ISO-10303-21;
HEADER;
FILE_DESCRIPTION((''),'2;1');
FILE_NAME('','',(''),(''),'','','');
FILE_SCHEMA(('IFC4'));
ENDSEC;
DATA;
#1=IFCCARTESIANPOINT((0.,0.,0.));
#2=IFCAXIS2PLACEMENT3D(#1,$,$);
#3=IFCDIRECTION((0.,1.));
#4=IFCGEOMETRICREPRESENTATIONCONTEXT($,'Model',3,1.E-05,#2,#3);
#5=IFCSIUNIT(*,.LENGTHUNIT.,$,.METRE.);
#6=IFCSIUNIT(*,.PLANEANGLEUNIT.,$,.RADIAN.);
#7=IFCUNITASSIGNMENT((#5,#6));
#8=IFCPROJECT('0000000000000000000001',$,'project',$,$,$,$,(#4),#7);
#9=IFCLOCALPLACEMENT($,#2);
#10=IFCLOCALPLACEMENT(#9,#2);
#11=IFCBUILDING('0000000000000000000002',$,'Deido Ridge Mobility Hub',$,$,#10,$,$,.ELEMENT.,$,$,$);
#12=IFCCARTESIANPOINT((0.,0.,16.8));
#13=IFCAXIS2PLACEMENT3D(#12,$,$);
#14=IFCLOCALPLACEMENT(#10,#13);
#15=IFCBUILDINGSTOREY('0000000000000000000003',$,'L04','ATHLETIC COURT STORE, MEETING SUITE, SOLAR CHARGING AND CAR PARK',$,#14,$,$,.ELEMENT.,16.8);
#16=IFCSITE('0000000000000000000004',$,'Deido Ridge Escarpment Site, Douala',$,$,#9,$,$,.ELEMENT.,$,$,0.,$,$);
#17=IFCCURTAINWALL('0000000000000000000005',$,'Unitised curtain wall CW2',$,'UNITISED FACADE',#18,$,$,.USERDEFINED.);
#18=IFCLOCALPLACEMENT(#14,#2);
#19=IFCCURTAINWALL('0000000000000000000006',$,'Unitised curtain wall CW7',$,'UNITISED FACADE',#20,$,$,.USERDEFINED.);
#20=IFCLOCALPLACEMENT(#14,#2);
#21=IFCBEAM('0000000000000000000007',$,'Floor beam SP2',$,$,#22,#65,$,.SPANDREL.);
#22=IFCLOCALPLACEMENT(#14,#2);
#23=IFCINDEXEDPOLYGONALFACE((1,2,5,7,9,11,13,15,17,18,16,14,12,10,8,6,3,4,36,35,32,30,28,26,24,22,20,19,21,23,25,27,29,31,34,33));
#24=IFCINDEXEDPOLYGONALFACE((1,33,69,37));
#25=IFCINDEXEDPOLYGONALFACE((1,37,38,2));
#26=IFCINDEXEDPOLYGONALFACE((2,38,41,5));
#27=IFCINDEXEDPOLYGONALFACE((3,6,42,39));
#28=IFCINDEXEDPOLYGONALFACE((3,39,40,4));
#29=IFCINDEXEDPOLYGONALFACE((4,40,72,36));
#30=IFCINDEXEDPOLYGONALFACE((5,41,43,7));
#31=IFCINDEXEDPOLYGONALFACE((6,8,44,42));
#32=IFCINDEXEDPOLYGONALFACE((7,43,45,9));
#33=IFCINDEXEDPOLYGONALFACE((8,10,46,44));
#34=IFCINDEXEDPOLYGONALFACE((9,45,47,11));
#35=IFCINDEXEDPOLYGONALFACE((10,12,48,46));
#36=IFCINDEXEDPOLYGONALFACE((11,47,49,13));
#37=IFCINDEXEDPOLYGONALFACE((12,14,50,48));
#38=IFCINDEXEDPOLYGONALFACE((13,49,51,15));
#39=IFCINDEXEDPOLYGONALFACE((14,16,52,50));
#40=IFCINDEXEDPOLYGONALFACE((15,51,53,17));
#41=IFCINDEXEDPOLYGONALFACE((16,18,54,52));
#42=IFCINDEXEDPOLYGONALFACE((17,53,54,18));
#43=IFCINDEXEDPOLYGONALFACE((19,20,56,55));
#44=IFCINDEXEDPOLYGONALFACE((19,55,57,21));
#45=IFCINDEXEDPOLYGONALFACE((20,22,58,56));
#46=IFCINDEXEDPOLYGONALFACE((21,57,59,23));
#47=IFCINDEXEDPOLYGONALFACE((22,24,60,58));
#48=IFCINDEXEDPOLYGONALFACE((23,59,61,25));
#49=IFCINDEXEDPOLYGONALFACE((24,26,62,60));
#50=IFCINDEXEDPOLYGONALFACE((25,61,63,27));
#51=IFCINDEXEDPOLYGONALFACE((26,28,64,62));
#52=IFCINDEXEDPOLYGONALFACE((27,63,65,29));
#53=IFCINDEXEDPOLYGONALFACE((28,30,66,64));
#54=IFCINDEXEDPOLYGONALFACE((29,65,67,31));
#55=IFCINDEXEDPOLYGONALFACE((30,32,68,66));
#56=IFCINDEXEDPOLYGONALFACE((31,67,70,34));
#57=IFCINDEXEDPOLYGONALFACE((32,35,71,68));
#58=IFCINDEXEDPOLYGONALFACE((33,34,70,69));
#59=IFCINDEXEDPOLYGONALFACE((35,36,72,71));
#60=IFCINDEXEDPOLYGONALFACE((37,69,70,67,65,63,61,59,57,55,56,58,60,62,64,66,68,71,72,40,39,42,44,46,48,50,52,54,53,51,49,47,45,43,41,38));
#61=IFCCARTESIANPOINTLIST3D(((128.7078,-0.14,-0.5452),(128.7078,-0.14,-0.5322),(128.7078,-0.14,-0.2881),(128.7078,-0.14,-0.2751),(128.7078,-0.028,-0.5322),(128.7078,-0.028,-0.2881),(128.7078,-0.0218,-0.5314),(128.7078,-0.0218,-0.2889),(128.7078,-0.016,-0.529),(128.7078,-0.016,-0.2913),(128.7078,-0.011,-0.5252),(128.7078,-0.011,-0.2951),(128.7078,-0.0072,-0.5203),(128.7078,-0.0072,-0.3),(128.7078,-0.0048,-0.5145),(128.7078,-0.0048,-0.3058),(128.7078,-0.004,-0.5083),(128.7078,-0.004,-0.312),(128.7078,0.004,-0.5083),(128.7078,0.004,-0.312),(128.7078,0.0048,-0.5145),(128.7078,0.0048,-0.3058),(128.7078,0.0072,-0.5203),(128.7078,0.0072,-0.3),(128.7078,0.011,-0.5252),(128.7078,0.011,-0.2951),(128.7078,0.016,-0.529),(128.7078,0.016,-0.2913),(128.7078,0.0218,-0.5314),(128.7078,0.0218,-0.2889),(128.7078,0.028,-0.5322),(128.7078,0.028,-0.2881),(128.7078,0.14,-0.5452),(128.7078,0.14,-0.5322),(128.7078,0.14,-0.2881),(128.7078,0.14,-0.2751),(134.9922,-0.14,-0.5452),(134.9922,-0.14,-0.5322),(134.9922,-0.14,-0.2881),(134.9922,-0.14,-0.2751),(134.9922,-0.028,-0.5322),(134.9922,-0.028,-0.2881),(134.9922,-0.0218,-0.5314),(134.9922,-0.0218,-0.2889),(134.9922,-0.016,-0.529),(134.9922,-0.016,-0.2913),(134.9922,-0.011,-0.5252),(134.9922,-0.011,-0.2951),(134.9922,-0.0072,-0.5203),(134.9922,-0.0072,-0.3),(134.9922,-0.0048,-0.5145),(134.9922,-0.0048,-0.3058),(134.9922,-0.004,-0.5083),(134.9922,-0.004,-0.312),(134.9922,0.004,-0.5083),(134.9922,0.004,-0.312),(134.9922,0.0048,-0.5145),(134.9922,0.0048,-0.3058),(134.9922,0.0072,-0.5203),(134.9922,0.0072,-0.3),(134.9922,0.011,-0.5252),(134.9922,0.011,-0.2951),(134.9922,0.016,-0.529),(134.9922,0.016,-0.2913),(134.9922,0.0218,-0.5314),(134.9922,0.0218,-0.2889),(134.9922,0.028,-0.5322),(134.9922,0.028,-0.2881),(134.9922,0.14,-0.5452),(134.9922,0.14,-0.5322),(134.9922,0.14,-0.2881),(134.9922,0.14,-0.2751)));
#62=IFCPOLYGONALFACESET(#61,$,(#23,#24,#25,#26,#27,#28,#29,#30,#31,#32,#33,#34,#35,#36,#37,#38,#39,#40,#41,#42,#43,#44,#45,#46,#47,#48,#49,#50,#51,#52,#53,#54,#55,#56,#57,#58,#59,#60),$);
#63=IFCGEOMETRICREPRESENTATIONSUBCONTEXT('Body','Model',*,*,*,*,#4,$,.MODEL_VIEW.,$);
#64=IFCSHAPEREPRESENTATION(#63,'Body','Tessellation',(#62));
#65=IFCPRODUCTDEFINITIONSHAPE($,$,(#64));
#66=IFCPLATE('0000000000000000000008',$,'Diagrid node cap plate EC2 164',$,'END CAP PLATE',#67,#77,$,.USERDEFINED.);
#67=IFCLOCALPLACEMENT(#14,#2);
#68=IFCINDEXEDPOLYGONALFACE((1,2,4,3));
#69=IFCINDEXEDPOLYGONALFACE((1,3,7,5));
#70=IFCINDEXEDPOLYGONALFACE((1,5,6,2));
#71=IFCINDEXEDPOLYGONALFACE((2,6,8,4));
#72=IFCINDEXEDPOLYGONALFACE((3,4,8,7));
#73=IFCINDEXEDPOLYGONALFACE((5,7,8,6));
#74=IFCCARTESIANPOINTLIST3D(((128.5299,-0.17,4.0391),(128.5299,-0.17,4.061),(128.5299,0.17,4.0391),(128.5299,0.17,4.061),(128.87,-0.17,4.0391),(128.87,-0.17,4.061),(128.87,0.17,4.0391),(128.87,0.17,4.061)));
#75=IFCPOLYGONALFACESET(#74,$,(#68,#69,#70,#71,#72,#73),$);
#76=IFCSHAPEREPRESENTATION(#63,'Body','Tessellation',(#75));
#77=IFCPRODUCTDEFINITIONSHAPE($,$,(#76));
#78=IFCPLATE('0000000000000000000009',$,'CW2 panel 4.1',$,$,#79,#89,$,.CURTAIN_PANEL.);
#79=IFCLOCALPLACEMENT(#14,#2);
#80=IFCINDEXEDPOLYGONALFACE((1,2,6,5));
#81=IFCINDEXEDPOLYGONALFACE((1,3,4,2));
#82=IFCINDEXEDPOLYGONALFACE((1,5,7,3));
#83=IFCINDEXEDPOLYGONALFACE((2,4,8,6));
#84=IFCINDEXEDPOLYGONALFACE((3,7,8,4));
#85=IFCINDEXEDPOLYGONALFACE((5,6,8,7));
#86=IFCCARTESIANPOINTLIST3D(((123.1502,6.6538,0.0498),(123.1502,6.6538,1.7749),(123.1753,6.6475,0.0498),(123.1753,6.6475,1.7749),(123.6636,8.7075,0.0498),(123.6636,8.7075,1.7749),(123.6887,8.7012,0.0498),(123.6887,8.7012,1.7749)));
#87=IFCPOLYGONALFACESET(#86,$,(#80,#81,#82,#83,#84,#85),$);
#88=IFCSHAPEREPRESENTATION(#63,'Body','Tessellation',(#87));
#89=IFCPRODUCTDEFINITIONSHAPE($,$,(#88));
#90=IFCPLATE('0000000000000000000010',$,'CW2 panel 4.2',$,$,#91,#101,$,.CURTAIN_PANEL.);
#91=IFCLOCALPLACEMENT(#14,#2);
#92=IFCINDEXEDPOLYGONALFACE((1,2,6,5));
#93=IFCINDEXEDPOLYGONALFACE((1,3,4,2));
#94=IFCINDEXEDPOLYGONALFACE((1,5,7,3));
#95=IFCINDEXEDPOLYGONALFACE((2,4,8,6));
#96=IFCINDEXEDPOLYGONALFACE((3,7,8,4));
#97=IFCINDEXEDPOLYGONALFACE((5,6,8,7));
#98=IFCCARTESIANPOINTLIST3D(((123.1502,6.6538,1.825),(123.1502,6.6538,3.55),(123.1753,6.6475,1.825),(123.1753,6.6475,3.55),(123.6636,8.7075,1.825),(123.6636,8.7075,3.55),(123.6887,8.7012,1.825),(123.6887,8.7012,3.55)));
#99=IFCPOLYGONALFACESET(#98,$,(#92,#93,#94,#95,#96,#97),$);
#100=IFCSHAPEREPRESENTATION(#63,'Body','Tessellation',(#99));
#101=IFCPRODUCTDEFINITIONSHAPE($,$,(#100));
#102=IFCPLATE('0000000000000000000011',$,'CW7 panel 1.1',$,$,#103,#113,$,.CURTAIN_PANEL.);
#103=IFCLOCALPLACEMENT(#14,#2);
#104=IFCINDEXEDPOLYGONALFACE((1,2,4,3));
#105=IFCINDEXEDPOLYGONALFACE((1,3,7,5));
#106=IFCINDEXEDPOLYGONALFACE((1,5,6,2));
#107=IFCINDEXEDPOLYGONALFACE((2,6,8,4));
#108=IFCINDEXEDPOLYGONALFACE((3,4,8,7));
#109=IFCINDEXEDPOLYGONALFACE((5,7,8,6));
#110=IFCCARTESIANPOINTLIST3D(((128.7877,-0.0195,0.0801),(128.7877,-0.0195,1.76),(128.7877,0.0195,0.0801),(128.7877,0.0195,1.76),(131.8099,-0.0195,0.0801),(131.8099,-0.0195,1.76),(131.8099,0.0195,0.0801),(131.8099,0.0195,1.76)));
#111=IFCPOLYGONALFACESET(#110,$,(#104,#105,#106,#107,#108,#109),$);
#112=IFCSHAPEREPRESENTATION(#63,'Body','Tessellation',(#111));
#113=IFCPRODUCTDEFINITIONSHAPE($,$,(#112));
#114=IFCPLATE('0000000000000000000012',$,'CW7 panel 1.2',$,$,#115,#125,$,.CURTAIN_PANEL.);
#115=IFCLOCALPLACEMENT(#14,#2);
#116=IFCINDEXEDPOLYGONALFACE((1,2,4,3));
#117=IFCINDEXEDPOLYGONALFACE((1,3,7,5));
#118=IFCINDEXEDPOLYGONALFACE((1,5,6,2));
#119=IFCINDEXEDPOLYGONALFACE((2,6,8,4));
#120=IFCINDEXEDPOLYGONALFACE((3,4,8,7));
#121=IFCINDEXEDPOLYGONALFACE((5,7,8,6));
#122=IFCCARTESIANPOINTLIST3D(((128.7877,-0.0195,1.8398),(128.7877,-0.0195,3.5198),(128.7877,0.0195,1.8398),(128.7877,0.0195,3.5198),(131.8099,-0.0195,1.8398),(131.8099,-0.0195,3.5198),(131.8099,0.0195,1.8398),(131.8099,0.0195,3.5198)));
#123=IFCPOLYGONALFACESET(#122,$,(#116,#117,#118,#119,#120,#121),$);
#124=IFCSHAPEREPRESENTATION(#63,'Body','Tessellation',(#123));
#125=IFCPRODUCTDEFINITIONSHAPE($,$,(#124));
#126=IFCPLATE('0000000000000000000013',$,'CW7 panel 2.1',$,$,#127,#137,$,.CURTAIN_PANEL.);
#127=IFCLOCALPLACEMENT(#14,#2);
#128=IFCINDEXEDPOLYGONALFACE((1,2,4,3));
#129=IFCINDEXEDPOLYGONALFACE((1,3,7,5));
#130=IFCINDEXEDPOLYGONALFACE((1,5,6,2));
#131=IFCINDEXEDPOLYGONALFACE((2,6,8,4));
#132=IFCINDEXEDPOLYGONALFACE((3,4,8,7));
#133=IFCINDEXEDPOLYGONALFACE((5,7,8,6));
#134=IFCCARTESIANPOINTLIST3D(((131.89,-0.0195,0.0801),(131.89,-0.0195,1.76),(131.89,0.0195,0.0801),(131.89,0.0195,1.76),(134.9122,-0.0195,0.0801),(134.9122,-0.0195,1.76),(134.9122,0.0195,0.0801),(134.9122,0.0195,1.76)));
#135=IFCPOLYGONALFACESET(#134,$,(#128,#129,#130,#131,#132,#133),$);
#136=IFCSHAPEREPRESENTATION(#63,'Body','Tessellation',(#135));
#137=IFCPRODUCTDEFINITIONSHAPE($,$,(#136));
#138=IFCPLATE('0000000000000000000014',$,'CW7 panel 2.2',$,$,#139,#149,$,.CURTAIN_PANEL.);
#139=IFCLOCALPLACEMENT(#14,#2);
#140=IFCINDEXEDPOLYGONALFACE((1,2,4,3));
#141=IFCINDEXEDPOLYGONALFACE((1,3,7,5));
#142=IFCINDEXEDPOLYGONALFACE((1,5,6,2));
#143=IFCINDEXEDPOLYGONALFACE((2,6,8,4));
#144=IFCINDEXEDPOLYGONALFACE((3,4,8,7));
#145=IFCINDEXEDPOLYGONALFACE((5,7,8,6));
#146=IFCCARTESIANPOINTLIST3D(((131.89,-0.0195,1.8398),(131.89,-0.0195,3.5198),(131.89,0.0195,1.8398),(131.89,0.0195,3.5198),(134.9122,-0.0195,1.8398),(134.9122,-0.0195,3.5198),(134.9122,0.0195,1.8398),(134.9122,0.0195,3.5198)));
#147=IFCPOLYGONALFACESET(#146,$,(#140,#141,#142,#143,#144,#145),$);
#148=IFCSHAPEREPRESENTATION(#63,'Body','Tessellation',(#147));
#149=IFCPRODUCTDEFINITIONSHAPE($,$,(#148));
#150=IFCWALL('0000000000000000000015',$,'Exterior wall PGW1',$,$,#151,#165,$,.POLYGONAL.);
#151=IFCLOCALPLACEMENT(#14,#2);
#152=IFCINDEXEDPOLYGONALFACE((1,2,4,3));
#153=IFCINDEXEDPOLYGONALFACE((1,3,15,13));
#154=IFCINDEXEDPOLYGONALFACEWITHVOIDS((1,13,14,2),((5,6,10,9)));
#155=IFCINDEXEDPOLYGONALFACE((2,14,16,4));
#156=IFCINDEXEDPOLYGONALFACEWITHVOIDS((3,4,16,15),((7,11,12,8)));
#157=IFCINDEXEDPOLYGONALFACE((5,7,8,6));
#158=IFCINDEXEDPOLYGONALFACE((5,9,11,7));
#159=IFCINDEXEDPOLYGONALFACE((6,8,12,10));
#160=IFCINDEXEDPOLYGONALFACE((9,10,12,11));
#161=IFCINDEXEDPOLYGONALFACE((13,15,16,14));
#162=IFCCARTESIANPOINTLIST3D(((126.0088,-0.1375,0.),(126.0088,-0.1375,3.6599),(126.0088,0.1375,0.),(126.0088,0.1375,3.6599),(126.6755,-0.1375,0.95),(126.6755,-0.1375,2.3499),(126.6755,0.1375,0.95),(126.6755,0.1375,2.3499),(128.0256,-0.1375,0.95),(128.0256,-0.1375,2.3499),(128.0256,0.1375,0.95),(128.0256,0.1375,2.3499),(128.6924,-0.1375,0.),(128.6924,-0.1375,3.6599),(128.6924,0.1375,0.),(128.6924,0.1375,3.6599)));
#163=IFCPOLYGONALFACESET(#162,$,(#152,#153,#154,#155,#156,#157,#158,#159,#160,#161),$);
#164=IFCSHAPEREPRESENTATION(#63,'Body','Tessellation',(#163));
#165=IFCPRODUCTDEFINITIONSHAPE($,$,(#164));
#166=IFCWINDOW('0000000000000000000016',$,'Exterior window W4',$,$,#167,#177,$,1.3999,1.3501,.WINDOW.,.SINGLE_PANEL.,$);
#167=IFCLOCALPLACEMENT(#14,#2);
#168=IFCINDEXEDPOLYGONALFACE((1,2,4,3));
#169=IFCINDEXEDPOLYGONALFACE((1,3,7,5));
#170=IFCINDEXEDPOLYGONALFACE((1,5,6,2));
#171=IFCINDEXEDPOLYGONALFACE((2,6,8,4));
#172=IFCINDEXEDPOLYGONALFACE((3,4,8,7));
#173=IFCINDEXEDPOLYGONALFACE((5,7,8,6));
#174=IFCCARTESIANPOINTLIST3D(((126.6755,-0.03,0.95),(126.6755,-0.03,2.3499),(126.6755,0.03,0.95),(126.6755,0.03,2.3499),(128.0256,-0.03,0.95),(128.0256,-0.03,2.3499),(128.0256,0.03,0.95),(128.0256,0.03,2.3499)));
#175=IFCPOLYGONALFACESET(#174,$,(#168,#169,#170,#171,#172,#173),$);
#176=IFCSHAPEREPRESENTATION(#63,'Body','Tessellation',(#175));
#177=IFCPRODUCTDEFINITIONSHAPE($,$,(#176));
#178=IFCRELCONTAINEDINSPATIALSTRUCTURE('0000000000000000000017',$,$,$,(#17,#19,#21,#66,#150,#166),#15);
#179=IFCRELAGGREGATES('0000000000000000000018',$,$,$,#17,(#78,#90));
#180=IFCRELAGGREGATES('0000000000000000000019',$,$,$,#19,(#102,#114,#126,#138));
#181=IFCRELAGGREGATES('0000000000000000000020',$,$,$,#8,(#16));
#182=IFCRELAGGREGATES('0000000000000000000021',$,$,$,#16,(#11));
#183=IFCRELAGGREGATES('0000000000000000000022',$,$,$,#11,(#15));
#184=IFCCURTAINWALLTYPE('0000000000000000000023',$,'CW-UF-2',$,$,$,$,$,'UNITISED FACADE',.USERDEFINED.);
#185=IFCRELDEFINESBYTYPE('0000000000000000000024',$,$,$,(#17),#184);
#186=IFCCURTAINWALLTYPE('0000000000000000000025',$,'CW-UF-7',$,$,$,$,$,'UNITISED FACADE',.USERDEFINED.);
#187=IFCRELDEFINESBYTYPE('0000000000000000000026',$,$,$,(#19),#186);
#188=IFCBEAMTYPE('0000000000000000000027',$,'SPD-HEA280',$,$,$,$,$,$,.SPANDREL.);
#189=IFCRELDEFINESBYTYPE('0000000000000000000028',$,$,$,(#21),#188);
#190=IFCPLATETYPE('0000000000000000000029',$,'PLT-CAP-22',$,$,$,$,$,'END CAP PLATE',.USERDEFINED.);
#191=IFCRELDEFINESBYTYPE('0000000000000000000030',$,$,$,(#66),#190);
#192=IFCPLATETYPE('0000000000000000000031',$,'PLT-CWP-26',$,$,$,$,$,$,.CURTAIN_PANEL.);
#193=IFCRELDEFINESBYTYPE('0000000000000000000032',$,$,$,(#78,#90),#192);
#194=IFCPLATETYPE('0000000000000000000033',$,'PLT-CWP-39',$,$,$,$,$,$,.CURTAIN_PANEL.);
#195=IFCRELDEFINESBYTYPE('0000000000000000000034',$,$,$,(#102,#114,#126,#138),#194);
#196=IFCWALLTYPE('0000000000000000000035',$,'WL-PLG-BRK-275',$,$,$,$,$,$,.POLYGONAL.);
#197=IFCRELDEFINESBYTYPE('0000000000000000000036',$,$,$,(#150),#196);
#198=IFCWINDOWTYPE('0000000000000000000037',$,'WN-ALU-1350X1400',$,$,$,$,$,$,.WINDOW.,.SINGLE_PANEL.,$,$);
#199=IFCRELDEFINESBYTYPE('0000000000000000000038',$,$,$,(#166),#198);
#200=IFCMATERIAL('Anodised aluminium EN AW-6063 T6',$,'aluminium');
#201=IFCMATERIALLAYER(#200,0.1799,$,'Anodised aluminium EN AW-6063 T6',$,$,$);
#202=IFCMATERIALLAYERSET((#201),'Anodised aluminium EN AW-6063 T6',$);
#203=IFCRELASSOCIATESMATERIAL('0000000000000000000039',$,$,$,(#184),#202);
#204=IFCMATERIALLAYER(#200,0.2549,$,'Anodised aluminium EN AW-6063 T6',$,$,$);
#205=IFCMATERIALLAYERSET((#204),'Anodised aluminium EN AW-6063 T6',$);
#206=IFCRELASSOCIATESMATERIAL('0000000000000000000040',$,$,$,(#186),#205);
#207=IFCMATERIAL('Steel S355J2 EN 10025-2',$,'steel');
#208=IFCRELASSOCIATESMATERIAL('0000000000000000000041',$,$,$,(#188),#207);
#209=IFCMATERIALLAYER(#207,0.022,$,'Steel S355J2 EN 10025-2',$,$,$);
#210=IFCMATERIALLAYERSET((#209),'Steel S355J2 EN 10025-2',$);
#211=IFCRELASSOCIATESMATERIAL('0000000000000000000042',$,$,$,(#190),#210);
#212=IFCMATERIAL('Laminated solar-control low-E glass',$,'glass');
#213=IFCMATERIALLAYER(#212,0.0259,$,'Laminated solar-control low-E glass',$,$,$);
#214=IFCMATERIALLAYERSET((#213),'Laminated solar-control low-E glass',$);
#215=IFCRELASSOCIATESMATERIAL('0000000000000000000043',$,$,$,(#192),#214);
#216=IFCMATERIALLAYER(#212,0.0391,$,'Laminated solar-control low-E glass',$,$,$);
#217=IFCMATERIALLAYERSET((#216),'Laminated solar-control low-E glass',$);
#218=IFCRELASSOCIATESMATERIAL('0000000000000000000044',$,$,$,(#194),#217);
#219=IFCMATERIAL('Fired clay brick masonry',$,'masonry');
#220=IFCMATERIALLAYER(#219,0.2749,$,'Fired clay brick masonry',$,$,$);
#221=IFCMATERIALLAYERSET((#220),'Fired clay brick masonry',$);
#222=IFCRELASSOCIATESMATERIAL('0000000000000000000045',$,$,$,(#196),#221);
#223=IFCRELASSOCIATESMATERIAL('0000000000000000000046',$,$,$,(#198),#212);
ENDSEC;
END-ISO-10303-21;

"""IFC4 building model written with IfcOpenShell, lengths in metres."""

from ifc_helpers import new_model, si_unit, direction, frame, frame_2d, origin, origin_2d, place, context, subcontext, project, spatial, rectangle, i_section, extrude, material, layer, layer_set, material_profile, profile_set, type_object, element, fill, aggregate, save


model = new_model("IFC4")

# Units and contexts
model_context = context("Model", 3, precision=1e-05, world=origin(), true_north=direction((0.0, 1.0)))
body_context = subcontext(model_context, "Body", "Model", "MODEL_VIEW")
ifc_project = project(units=[si_unit("LENGTHUNIT", "METRE"), si_unit("PLANEANGLEUNIT", "RADIAN")], contexts=[model_context])

# Site, building, storey
site_placement = place(None, origin())
site = spatial("IfcSite", under=ifc_project, at=site_placement, Name="Deido Ridge Escarpment Site, Douala", CompositionType="ELEMENT", RefElevation=0.0)
building_placement = place(site_placement, origin())
building = spatial("IfcBuilding", under=site, at=building_placement, Name="Deido Ridge Mobility Hub", CompositionType="ELEMENT")
storey_placement = place(building_placement, frame((0.0, 0.0, 16.8)))
storey = spatial("IfcBuildingStorey", under=building, at=storey_placement, Name="L04", Description="ATHLETIC COURT STORE, MEETING SUITE, SOLAR CHARGING AND CAR PARK", CompositionType="ELEMENT", Elevation=16.8)

# Shared definitions
ifc_material_1 = material(Name="Steel S355J2 EN 10025-2", Category="steel")

# Curtain wall
ifc_material_2 = material(Name="Anodised aluminium EN AW-6063 T6", Category="aluminium")
ifc_layer_1 = layer(ifc_material_2, 0.1799, Name="Anodised aluminium EN AW-6063 T6")
ifc_layer_set_1 = layer_set([ifc_layer_1], Name="Anodised aluminium EN AW-6063 T6")
curtain_wall_type_1 = type_object("IfcCurtainWallType", Name="CW-UF-2", ElementType="UNITISED FACADE", PredefinedType="USERDEFINED", material=ifc_layer_set_1)
curtain_wall_1_placement = place(storey_placement, origin())
curtain_wall_1 = element("IfcCurtainWall", 1, at=curtain_wall_1_placement, inside=storey, type_object=curtain_wall_type_1, Name="Unitised curtain wall CW2", ObjectType="UNITISED FACADE", PredefinedType="USERDEFINED")

# Curtain wall
ifc_layer_2 = layer(ifc_material_2, 0.2549, Name="Anodised aluminium EN AW-6063 T6")
ifc_layer_set_2 = layer_set([ifc_layer_2], Name="Anodised aluminium EN AW-6063 T6")
curtain_wall_type_2 = type_object("IfcCurtainWallType", Name="CW-UF-7", ElementType="UNITISED FACADE", PredefinedType="USERDEFINED", material=ifc_layer_set_2)
curtain_wall_2_placement = place(storey_placement, origin())
curtain_wall_2 = element("IfcCurtainWall", 2, at=curtain_wall_2_placement, inside=storey, type_object=curtain_wall_type_2, Name="Unitised curtain wall CW7", ObjectType="UNITISED FACADE", PredefinedType="USERDEFINED")

# Beam
ifc_material_profile_1 = material_profile(ifc_material_1, i_section(OverallWidth=0.28, OverallDepth=0.27, WebThickness=0.0081, FlangeThickness=0.0129, FilletRadius=0.0239, at=origin_2d()), Name="HEA 280")
ifc_profile_set_1 = profile_set([ifc_material_profile_1], Name="Steel S355J2 EN 10025-2")
beam_type_1 = type_object("IfcBeamType", Name="SPD-HEA280", PredefinedType="SPANDREL", material=ifc_profile_set_1)
beam_1_placement = place(storey_placement, frame((128.7078, 0.0, -0.4102), z_axis=(1.0, 0.0, 0.0), x_axis=(0.0, 1.0, 0.0)))
element("IfcBeam", 3, at=beam_1_placement, inside=storey, type_object=beam_type_1, Name="Floor beam SP2", PredefinedType="SPANDREL", context=body_context, shape_type="SweptSolid", body=[
    extrude(i_section(OverallWidth=0.28, OverallDepth=0.27, WebThickness=0.0081, FlangeThickness=0.0129, FilletRadius=0.0239, at=origin_2d()), origin(), (0.0, 0.0, 1.0), 6.2844),
])

# Plates
ifc_layer_3 = layer(ifc_material_1, 0.022, Name="Steel S355J2 EN 10025-2")
ifc_layer_set_3 = layer_set([ifc_layer_3], Name="Steel S355J2 EN 10025-2")
plate_type_1 = type_object("IfcPlateType", Name="PLT-CAP-22", ElementType="END CAP PLATE", PredefinedType="USERDEFINED", material=ifc_layer_set_3)
plate_1_placement = place(storey_placement, frame((128.7, 0.0, 4.0391), z_axis=(0.0, 0.0, 1.0), x_axis=(1.0, 0.0, 0.0)))
element("IfcPlate", 4, at=plate_1_placement, inside=storey, type_object=plate_type_1, Name="Diagrid node cap plate EC2 164", ObjectType="END CAP PLATE", PredefinedType="USERDEFINED", context=body_context, shape_type="SweptSolid", body=[
    extrude(rectangle(XDim=0.3401, YDim=0.3401, at=origin_2d()), origin(), (0.0, 0.0, 1.0), 0.022),
])
ifc_material_3 = material(Name="Laminated solar-control low-E glass", Category="glass")
ifc_layer_4 = layer(ifc_material_3, 0.0259, Name="Laminated solar-control low-E glass")
ifc_layer_set_4 = layer_set([ifc_layer_4], Name="Laminated solar-control low-E glass")
plate_type_2 = type_object("IfcPlateType", Name="PLT-CWP-26", PredefinedType="CURTAIN_PANEL", material=ifc_layer_set_4)
plate_2_placement = place(storey_placement, frame((123.4194, 7.6775, 0.0498), z_axis=(0.0, 0.0, 1.0), x_axis=(0.24253, 0.970144, 0.0)))
plate_2 = element("IfcPlate", 5, at=plate_2_placement, type_object=plate_type_2, Name="CW2 panel 4.1", PredefinedType="CURTAIN_PANEL", context=body_context, shape_type="SweptSolid", body=[
    extrude(rectangle(XDim=2.1169, YDim=0.0259, at=origin_2d()), origin(), (0.0, 0.0, 1.0), 1.7251),
])
plate_3_placement = place(storey_placement, frame((123.4194, 7.6775, 1.825), z_axis=(0.0, 0.0, 1.0), x_axis=(0.24253, 0.970144, 0.0)))
plate_3 = element("IfcPlate", 6, at=plate_3_placement, type_object=plate_type_2, Name="CW2 panel 4.2", PredefinedType="CURTAIN_PANEL", context=body_context, shape_type="SweptSolid", body=[
    extrude(rectangle(XDim=2.1169, YDim=0.0259, at=origin_2d()), origin(), (0.0, 0.0, 1.0), 1.7251),
])
aggregate(curtain_wall_1, [plate_2, plate_3])
ifc_layer_5 = layer(ifc_material_3, 0.0391, Name="Laminated solar-control low-E glass")
ifc_layer_set_5 = layer_set([ifc_layer_5], Name="Laminated solar-control low-E glass")
plate_type_3 = type_object("IfcPlateType", Name="PLT-CWP-39", PredefinedType="CURTAIN_PANEL", material=ifc_layer_set_5)
plate_4_placement = place(storey_placement, frame((130.2988, 0.0, 0.0801), z_axis=(0.0, 0.0, 1.0), x_axis=(1.0, 0.0, 0.0)))
plate_4 = element("IfcPlate", 7, at=plate_4_placement, type_object=plate_type_3, Name="CW7 panel 1.1", PredefinedType="CURTAIN_PANEL", context=body_context, shape_type="SweptSolid", body=[
    extrude(rectangle(XDim=3.0222, YDim=0.0391, at=origin_2d()), origin(), (0.0, 0.0, 1.0), 1.6799),
])
plate_5_placement = place(storey_placement, frame((130.2988, 0.0, 1.8398), z_axis=(0.0, 0.0, 1.0), x_axis=(1.0, 0.0, 0.0)))
plate_5 = element("IfcPlate", 8, at=plate_5_placement, type_object=plate_type_3, Name="CW7 panel 1.2", PredefinedType="CURTAIN_PANEL", context=body_context, shape_type="SweptSolid", body=[
    extrude(rectangle(XDim=3.0222, YDim=0.0391, at=origin_2d()), origin(), (0.0, 0.0, 1.0), 1.6799),
])
plate_6_placement = place(storey_placement, frame((133.4011, 0.0, 0.0801), z_axis=(0.0, 0.0, 1.0), x_axis=(1.0, 0.0, 0.0)))
plate_6 = element("IfcPlate", 9, at=plate_6_placement, type_object=plate_type_3, Name="CW7 panel 2.1", PredefinedType="CURTAIN_PANEL", context=body_context, shape_type="SweptSolid", body=[
    extrude(rectangle(XDim=3.0222, YDim=0.0391, at=origin_2d()), origin(), (0.0, 0.0, 1.0), 1.6799),
])
plate_7_placement = place(storey_placement, frame((133.4011, 0.0, 1.8398), z_axis=(0.0, 0.0, 1.0), x_axis=(1.0, 0.0, 0.0)))
plate_7 = element("IfcPlate", 10, at=plate_7_placement, type_object=plate_type_3, Name="CW7 panel 2.2", PredefinedType="CURTAIN_PANEL", context=body_context, shape_type="SweptSolid", body=[
    extrude(rectangle(XDim=3.0222, YDim=0.0391, at=origin_2d()), origin(), (0.0, 0.0, 1.0), 1.6799),
])
aggregate(curtain_wall_2, [plate_4, plate_5, plate_6, plate_7])

# Wall, opening, window
ifc_material_4 = material(Name="Fired clay brick masonry", Category="masonry")
ifc_layer_6 = layer(ifc_material_4, 0.2749, Name="Fired clay brick masonry")
ifc_layer_set_6 = layer_set([ifc_layer_6], Name="Fired clay brick masonry")
wall_type = type_object("IfcWallType", Name="WL-PLG-BRK-275", PredefinedType="POLYGONAL", material=ifc_layer_set_6)
wall_placement = place(storey_placement, frame((126.0088, 0.0, 0.0), z_axis=(0.0, 0.0, 1.0), x_axis=(1.0, 0.0, 0.0)))
wall = element("IfcWall", 11, at=wall_placement, inside=storey, type_object=wall_type, Name="Exterior wall PGW1", PredefinedType="POLYGONAL", context=body_context, shape_type="SweptSolid", body=[
    extrude(rectangle(XDim=2.6836, YDim=0.2749, at=frame_2d((1.3418, 0.0))), origin(), (0.0, 0.0, 1.0), 3.6599),
])
opening_placement = place(wall_placement, frame((0.6667, 0.0, 0.95)))
opening = element("IfcOpeningElement", 12, at=opening_placement, cuts=wall, PredefinedType="OPENING", context=body_context, shape_type="SweptSolid", body=[
    extrude(rectangle(XDim=1.3501, YDim=1.3999, at=frame_2d((0.675, 0.7))), frame((0.0, 0.1475, 0.0), z_axis=(0.0, -1.0, 0.0), x_axis=(1.0, 0.0, 0.0)), (0.0, 0.0, 1.0), 0.2949),
])
window_type = type_object("IfcWindowType", Name="WN-ALU-1350X1400", PartitioningType="SINGLE_PANEL", PredefinedType="WINDOW", material=ifc_material_3)
window_placement = place(opening_placement, origin())
window = element("IfcWindow", 13, at=window_placement, inside=storey, type_object=window_type, Name="Exterior window W4", OverallHeight=1.3999, OverallWidth=1.3501, PartitioningType="SINGLE_PANEL", PredefinedType="WINDOW", context=body_context, shape_type="SweptSolid", body=[
    extrude(rectangle(XDim=1.3501, YDim=1.3999, at=frame_2d((0.675, 0.7))), frame((0.0, 0.03, 0.0), z_axis=(0.0, -1.0, 0.0), x_axis=(1.0, 0.0, 0.0)), (0.0, 0.0, 1.0), 0.0601),
])
fill(opening, window)

save(model, "model.ifc")
